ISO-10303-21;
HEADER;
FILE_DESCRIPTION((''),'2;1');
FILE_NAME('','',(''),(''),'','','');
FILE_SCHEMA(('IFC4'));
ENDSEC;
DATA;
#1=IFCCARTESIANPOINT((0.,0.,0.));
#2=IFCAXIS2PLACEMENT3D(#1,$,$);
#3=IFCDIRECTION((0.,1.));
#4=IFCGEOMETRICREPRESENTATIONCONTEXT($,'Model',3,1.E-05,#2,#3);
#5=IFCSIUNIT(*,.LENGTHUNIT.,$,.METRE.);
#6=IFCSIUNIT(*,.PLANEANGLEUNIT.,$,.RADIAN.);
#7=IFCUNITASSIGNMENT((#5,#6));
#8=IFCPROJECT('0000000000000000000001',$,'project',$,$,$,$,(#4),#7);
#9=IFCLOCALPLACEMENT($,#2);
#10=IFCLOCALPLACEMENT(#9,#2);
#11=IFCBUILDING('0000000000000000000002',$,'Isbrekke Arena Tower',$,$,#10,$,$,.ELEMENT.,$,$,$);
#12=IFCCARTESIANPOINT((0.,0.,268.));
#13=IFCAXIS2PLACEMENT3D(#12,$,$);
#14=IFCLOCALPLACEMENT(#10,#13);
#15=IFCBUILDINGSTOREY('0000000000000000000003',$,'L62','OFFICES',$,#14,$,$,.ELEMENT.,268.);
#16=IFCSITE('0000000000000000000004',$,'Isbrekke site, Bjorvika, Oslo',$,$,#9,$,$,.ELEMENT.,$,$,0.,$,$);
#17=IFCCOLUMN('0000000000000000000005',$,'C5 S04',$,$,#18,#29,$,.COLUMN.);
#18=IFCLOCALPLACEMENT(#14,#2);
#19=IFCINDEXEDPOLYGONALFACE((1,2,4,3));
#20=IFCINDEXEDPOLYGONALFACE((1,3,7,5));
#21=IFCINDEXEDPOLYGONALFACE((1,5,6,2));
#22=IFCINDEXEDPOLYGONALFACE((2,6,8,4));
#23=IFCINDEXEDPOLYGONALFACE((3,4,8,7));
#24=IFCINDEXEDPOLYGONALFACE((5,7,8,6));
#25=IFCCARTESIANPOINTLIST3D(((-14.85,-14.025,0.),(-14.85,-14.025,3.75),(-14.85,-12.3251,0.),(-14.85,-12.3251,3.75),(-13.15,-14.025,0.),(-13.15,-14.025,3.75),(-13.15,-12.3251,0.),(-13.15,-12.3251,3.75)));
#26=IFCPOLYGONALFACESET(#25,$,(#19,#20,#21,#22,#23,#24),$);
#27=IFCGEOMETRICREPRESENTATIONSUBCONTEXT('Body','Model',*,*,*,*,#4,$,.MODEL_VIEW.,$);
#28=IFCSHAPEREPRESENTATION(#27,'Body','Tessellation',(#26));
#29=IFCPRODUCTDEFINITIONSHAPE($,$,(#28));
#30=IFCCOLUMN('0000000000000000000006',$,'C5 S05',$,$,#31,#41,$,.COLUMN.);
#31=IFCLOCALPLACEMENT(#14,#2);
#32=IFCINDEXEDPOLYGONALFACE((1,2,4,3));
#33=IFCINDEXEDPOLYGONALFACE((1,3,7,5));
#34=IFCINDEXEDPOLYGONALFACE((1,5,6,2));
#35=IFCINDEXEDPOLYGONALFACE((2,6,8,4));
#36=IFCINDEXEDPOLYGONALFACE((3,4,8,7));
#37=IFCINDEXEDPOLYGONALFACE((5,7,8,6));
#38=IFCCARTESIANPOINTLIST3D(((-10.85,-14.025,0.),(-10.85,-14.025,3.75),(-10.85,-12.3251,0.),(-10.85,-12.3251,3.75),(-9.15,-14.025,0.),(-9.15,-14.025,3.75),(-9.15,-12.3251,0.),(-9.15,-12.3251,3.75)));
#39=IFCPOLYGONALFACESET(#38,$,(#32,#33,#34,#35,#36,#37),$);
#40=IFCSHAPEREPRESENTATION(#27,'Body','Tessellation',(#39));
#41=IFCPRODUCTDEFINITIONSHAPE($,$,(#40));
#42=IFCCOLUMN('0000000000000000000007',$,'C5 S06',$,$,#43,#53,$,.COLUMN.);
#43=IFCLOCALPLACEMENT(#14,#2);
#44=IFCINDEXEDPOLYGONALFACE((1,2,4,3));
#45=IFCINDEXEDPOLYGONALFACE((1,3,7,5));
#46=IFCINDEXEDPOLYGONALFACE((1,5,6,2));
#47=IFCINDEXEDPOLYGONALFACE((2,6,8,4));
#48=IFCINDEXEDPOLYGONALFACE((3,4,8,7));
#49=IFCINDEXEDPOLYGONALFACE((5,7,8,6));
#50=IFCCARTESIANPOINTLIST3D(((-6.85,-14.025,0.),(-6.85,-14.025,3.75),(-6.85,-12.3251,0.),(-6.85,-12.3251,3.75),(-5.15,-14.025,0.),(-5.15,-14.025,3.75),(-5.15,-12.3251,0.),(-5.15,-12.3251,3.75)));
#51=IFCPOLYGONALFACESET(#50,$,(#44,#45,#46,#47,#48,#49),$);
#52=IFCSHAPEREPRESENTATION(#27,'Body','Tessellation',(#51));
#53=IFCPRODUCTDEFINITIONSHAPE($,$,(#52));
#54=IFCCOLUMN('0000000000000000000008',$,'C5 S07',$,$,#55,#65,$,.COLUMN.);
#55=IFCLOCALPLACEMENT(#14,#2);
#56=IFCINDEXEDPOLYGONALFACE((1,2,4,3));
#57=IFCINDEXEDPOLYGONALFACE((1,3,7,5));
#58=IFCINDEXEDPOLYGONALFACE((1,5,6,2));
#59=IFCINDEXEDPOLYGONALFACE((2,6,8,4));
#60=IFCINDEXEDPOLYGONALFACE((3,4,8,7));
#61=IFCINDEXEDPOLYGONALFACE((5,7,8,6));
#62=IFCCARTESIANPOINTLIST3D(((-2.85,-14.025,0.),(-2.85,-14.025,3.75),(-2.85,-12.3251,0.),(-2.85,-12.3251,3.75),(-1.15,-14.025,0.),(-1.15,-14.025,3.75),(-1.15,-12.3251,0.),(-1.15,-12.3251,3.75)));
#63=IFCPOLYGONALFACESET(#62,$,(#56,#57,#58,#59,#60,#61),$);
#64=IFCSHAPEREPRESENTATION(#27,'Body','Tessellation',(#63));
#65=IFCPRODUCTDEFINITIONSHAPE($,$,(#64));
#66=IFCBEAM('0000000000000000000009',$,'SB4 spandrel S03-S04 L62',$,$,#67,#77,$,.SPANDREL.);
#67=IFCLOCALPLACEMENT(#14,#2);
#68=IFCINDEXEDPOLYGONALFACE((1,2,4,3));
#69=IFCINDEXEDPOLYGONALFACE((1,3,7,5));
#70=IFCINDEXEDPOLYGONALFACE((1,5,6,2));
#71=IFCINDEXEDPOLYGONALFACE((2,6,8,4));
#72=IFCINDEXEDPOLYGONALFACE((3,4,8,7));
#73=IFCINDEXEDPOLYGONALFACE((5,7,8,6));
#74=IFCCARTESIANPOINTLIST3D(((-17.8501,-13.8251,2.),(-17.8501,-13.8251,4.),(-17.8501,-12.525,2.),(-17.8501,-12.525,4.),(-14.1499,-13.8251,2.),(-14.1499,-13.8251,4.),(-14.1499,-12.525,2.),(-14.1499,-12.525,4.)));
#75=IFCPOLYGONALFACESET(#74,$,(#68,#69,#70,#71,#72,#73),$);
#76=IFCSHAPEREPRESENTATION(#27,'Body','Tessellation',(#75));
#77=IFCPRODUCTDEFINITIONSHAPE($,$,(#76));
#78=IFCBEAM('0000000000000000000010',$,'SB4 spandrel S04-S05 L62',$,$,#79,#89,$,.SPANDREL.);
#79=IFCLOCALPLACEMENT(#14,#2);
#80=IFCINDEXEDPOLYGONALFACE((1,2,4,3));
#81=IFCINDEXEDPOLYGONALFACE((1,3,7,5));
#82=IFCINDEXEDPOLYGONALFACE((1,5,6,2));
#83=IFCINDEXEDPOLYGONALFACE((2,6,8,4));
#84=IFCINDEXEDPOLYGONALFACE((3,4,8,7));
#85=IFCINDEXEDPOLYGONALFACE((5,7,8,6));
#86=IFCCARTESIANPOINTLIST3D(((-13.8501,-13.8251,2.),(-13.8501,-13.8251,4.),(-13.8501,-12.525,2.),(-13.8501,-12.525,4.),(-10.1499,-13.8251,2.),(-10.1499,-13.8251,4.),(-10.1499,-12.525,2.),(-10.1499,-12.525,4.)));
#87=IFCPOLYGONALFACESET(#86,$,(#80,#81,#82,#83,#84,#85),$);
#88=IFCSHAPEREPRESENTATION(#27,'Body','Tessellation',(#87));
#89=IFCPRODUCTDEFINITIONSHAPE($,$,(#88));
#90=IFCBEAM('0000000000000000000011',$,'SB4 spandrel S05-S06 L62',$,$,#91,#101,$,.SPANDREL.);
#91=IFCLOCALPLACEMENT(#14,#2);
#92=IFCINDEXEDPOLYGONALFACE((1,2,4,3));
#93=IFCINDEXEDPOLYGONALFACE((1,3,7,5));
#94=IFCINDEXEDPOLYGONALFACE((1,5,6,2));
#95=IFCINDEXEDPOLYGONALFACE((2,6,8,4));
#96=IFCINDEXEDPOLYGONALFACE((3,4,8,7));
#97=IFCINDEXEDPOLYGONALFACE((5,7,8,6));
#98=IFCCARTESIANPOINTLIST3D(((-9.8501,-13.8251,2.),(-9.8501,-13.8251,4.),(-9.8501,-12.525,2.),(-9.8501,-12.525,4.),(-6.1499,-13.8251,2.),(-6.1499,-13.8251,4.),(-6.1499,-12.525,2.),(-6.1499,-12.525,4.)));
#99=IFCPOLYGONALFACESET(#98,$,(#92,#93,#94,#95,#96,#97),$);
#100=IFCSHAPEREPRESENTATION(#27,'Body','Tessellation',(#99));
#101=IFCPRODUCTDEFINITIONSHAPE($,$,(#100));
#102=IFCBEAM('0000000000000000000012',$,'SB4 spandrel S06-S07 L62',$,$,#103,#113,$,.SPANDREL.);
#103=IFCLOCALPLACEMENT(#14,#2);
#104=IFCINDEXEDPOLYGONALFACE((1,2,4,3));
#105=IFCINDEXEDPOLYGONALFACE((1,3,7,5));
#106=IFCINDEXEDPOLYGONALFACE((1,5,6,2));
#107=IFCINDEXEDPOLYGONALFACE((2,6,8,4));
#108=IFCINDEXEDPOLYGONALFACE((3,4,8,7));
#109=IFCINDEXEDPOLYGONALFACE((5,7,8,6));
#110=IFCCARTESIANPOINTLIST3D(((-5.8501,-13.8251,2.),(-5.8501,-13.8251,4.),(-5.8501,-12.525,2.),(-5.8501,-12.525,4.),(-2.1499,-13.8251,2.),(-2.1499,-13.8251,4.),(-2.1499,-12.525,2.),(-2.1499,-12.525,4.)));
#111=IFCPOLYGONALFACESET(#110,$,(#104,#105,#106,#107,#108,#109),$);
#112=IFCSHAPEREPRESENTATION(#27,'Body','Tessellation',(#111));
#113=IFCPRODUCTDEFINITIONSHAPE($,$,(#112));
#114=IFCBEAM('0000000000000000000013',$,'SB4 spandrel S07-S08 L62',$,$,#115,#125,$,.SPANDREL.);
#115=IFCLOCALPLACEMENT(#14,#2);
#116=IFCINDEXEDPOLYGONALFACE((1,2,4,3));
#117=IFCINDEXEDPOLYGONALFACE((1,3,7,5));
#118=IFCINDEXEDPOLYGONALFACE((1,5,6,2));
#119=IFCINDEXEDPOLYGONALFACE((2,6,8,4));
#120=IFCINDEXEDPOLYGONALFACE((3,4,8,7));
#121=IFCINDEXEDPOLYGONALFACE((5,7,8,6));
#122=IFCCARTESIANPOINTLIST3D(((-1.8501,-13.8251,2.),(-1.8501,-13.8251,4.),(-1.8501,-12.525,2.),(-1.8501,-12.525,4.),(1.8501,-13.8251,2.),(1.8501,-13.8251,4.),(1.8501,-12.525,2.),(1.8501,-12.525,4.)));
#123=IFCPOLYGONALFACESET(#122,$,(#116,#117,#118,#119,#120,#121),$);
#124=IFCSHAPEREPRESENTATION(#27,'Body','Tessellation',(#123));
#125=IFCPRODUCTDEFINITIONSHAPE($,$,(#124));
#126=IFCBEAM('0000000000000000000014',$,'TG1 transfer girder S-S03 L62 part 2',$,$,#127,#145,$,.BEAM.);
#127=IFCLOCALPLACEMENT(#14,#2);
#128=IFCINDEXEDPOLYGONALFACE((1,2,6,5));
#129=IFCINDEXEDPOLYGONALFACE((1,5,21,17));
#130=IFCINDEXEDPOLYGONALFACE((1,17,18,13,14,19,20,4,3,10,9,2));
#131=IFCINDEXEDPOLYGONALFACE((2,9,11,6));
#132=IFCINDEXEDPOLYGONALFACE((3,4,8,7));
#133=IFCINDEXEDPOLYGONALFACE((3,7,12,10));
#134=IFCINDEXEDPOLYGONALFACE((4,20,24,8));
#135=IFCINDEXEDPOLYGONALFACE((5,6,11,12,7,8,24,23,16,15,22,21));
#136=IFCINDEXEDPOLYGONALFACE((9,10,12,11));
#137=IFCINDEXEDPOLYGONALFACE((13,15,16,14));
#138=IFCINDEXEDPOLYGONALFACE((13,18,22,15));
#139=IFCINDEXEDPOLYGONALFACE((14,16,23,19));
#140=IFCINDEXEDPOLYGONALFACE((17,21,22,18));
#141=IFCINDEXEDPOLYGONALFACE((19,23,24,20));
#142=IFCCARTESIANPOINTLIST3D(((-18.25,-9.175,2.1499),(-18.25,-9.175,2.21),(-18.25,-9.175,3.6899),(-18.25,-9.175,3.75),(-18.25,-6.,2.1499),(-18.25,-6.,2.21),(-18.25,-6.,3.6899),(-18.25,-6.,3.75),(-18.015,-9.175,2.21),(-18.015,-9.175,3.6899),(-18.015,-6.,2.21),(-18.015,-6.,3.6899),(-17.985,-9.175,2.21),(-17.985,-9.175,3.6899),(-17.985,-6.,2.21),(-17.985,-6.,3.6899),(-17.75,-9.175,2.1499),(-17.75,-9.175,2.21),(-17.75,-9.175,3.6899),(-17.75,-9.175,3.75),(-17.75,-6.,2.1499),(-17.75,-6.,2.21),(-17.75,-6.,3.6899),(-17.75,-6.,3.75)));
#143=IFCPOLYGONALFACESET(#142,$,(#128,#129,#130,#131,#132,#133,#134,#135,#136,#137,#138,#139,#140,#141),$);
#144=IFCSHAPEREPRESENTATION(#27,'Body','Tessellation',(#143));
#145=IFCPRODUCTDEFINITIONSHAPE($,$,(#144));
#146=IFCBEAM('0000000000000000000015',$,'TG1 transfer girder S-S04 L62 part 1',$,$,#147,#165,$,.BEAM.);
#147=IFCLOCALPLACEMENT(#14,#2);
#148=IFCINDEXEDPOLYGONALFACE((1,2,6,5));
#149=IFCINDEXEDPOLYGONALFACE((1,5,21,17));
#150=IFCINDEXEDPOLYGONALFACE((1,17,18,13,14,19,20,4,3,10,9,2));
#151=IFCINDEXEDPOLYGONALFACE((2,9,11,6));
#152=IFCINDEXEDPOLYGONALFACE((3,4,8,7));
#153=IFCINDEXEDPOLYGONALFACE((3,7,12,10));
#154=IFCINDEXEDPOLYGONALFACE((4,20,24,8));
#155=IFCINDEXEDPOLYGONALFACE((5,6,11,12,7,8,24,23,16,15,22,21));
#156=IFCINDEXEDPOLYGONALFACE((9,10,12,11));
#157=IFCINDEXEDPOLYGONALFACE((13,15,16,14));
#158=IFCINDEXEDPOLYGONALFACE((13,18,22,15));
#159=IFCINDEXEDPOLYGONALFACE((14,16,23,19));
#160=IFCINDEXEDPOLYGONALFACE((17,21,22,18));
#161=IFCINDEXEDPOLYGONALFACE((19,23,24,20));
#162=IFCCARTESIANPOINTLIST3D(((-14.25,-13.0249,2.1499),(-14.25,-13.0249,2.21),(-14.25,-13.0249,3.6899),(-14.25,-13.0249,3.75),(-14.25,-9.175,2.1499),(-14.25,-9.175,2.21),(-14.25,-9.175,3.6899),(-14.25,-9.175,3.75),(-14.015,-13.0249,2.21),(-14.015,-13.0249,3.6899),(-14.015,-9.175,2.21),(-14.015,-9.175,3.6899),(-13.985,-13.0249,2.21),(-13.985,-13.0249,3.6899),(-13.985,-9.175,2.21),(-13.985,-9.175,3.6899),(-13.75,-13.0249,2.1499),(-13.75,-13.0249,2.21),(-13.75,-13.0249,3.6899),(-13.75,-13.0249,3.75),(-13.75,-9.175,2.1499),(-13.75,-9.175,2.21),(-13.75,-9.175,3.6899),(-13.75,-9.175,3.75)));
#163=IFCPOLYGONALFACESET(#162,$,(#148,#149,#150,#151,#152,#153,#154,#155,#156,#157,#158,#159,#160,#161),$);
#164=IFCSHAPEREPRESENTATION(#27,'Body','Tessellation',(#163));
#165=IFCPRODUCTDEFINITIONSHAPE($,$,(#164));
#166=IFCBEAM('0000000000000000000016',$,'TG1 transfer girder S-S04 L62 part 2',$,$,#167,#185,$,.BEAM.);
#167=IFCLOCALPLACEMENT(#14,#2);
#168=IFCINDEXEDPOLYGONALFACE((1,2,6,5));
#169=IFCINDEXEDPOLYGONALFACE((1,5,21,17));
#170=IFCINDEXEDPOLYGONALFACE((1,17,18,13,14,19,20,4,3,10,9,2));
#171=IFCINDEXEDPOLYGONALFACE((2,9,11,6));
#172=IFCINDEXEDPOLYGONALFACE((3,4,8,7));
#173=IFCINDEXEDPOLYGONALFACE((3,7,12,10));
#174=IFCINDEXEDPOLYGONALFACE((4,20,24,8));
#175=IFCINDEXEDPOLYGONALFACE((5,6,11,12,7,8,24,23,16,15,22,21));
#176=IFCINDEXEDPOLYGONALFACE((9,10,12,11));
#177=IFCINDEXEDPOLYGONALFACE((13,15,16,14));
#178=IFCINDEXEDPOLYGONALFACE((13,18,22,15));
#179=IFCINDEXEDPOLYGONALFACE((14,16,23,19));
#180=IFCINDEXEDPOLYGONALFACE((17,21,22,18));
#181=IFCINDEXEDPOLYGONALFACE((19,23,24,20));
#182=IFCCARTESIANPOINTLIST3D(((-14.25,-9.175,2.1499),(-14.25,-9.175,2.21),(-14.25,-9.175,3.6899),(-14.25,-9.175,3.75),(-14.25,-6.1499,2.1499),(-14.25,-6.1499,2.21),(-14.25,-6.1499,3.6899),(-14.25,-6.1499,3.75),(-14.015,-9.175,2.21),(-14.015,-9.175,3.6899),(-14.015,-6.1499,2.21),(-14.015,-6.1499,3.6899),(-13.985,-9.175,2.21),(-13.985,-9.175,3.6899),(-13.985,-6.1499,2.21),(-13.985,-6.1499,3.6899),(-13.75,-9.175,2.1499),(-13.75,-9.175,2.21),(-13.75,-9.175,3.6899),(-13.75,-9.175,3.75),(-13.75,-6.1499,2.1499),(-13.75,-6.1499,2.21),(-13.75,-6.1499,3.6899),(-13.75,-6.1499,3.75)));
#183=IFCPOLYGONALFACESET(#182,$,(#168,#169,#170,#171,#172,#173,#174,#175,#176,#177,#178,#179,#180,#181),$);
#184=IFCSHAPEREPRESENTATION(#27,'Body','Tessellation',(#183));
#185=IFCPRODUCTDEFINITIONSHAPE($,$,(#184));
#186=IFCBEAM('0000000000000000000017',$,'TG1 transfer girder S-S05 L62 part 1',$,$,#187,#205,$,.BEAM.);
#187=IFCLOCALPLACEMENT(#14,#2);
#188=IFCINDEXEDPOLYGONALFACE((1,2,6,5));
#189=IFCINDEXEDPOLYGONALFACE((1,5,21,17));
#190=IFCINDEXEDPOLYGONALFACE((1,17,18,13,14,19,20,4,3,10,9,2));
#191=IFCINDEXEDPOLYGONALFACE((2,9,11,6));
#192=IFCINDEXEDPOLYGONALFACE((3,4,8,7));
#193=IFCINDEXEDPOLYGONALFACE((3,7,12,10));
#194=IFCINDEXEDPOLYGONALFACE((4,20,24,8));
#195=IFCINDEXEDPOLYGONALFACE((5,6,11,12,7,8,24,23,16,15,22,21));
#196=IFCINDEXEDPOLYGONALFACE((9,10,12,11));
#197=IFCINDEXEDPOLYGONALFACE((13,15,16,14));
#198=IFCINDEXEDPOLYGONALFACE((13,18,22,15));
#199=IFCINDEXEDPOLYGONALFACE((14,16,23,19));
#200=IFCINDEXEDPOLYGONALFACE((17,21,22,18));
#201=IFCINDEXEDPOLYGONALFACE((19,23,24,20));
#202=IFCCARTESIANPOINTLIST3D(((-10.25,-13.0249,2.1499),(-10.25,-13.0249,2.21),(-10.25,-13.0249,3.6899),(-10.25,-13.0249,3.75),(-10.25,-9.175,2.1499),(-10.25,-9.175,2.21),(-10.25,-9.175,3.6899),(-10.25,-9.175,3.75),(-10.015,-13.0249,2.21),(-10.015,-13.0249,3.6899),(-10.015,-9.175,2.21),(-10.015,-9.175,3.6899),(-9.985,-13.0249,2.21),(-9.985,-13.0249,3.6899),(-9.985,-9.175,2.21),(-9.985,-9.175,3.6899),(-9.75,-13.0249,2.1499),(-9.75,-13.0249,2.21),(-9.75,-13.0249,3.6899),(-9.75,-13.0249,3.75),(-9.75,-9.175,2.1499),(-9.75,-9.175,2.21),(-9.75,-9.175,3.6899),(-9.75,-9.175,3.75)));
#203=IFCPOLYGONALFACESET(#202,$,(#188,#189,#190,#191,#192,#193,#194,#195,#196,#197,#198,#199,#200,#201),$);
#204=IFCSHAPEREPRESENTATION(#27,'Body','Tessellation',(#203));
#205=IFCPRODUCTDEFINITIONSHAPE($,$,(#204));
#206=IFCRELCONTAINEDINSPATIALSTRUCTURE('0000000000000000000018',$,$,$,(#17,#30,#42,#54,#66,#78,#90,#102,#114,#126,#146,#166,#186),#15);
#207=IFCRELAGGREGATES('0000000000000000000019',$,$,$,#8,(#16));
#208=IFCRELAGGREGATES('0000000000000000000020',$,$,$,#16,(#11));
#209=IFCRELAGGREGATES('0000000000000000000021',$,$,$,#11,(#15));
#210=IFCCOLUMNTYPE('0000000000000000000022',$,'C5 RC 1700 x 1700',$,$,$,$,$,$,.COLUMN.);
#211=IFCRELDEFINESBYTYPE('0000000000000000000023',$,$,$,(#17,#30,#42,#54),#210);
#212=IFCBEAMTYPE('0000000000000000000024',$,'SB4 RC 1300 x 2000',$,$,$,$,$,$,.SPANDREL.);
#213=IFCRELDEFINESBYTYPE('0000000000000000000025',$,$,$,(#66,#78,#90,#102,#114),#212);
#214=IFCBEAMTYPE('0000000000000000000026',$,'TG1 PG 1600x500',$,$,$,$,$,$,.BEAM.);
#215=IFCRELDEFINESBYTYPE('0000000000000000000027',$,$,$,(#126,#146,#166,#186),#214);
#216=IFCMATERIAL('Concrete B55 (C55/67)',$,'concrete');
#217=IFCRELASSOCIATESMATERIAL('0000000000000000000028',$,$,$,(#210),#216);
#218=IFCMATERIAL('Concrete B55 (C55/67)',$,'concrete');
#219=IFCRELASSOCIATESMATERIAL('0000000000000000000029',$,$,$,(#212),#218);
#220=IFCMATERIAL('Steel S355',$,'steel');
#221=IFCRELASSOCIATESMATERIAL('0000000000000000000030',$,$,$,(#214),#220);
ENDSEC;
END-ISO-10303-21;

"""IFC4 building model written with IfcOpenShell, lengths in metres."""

from ifc_helpers import new_model, si_unit, direction, frame, origin, origin_2d, place, context, subcontext, project, spatial, rectangle, i_section, extrude, material, material_profile, profile_set, type_object, element, save


model = new_model("IFC4")

# Units and contexts
model_context = context("Model", 3, precision=1e-05, world=origin(), true_north=direction((0.0, 1.0)))
body_context = subcontext(model_context, "Body", "Model", "MODEL_VIEW")
ifc_project = project(units=[si_unit("LENGTHUNIT", "METRE"), si_unit("PLANEANGLEUNIT", "RADIAN")], contexts=[model_context])

# Site, building, storey
site_placement = place(None, origin())
site = spatial("IfcSite", under=ifc_project, at=site_placement, Name="Isbrekke site, Bjorvika, Oslo", CompositionType="ELEMENT", RefElevation=0.0)
building_placement = place(site_placement, origin())
building = spatial("IfcBuilding", under=site, at=building_placement, Name="Isbrekke Arena Tower", CompositionType="ELEMENT")
storey_placement = place(building_placement, frame((0.0, 0.0, 268.0)))
storey = spatial("IfcBuildingStorey", under=building, at=storey_placement, Name="L62", Description="OFFICES", CompositionType="ELEMENT", Elevation=268.0)

# Columns
ifc_material_1 = material(Name="Concrete B55 (C55/67)", Category="concrete")
ifc_material_profile_1 = material_profile(ifc_material_1, rectangle(XDim=1.7, YDim=1.7, at=origin_2d()), Name="RC 1700x1700")
ifc_profile_set_1 = profile_set([ifc_material_profile_1], Name="Concrete B55 (C55/67)")
column_type = type_object("IfcColumnType", Name="C5 RC 1700 x 1700", PredefinedType="COLUMN", material=ifc_profile_set_1)
for number, where, z_axis, x_axis, name in (
    (1, (-14.0, -13.175, 0.0), (0.0, 0.0, 1.0), (1.0, 0.0, 0.0), "C5 S04"),
    (2, (-10.0, -13.175, 0.0), (0.0, 0.0, 1.0), (1.0, 0.0, 0.0), "C5 S05"),
    (3, (-6.0, -13.175, 0.0), (0.0, 0.0, 1.0), (1.0, 0.0, 0.0), "C5 S06"),
    (4, (-2.0, -13.175, 0.0), (0.0, 0.0, 1.0), (1.0, 0.0, 0.0), "C5 S07"),
):
    element("IfcColumn", number, at=place(storey_placement, frame(where, z_axis=z_axis, x_axis=x_axis)), inside=storey, type_object=column_type, Name=name, PredefinedType="COLUMN", context=body_context, shape_type="SweptSolid", body=[
        extrude(rectangle(XDim=1.7, YDim=1.7, at=origin_2d()), origin(), (0.0, 0.0, 1.0), 3.75),
    ])

# Beams
ifc_material_2 = material(Name="Concrete B55 (C55/67)", Category="concrete")
ifc_material_profile_2 = material_profile(ifc_material_2, rectangle(XDim=1.3, YDim=2.0, at=origin_2d()), Name="RC 1300x2000")
ifc_profile_set_2 = profile_set([ifc_material_profile_2], Name="Concrete B55 (C55/67)")
beam_type_1 = type_object("IfcBeamType", Name="SB4 RC 1300 x 2000", PredefinedType="SPANDREL", material=ifc_profile_set_2)
for number, where, z_axis, x_axis, name in (
    (5, (-17.8501, -13.175, 3.0), (1.0, 0.0, 0.0), (0.0, 1.0, 0.0), "SB4 spandrel S03-S04 L62"),
    (6, (-13.8501, -13.175, 3.0), (1.0, 0.0, 0.0), (0.0, 1.0, 0.0), "SB4 spandrel S04-S05 L62"),
    (7, (-9.8501, -13.175, 3.0), (1.0, 0.0, 0.0), (0.0, 1.0, 0.0), "SB4 spandrel S05-S06 L62"),
    (8, (-5.8501, -13.175, 3.0), (1.0, 0.0, 0.0), (0.0, 1.0, 0.0), "SB4 spandrel S06-S07 L62"),
    (9, (-1.8501, -13.175, 3.0), (1.0, 0.0, 0.0), (0.0, 1.0, 0.0), "SB4 spandrel S07-S08 L62"),
):
    element("IfcBeam", number, at=place(storey_placement, frame(where, z_axis=z_axis, x_axis=x_axis)), inside=storey, type_object=beam_type_1, Name=name, PredefinedType="SPANDREL", context=body_context, shape_type="SweptSolid", body=[
        extrude(rectangle(XDim=1.3, YDim=2.0, at=origin_2d()), origin(), (0.0, 0.0, 1.0), 3.7002),
    ])
ifc_material_3 = material(Name="Steel S355", Category="steel")
ifc_material_profile_3 = material_profile(ifc_material_3, i_section(OverallWidth=0.5, OverallDepth=1.6001, WebThickness=0.03, FlangeThickness=0.0601, at=origin_2d()), Name="PG 1600x500")
ifc_profile_set_3 = profile_set([ifc_material_profile_3], Name="Steel S355")
beam_type_2 = type_object("IfcBeamType", Name="TG1 PG 1600x500", PredefinedType="BEAM", material=ifc_profile_set_3)
beam_1_placement = place(storey_placement, frame((-18.0, -9.175, 2.95), z_axis=(0.0, 1.0, 0.0), x_axis=(-1.0, 0.0, 0.0)))
element("IfcBeam", 10, at=beam_1_placement, inside=storey, type_object=beam_type_2, Name="TG1 transfer girder S-S03 L62 part 2", PredefinedType="BEAM", context=body_context, shape_type="SweptSolid", body=[
    extrude(i_section(OverallWidth=0.5, OverallDepth=1.6001, WebThickness=0.03, FlangeThickness=0.0601, at=origin_2d()), origin(), (0.0, 0.0, 1.0), 3.175),
])
beam_2_placement = place(storey_placement, frame((-14.0, -13.0249, 2.95), z_axis=(0.0, 1.0, 0.0), x_axis=(-1.0, 0.0, 0.0)))
element("IfcBeam", 11, at=beam_2_placement, inside=storey, type_object=beam_type_2, Name="TG1 transfer girder S-S04 L62 part 1", PredefinedType="BEAM", context=body_context, shape_type="SweptSolid", body=[
    extrude(i_section(OverallWidth=0.5, OverallDepth=1.6001, WebThickness=0.03, FlangeThickness=0.0601, at=origin_2d()), origin(), (0.0, 0.0, 1.0), 3.8499),
])
beam_3_placement = place(storey_placement, frame((-14.0, -9.175, 2.95), z_axis=(0.0, 1.0, 0.0), x_axis=(-1.0, 0.0, 0.0)))
element("IfcBeam", 12, at=beam_3_placement, inside=storey, type_object=beam_type_2, Name="TG1 transfer girder S-S04 L62 part 2", PredefinedType="BEAM", context=body_context, shape_type="SweptSolid", body=[
    extrude(i_section(OverallWidth=0.5, OverallDepth=1.6001, WebThickness=0.03, FlangeThickness=0.0601, at=origin_2d()), origin(), (0.0, 0.0, 1.0), 3.0251),
])
beam_4_placement = place(storey_placement, frame((-10.0, -13.0249, 2.95), z_axis=(0.0, 1.0, 0.0), x_axis=(-1.0, 0.0, 0.0)))
element("IfcBeam", 13, at=beam_4_placement, inside=storey, type_object=beam_type_2, Name="TG1 transfer girder S-S05 L62 part 1", PredefinedType="BEAM", context=body_context, shape_type="SweptSolid", body=[
    extrude(i_section(OverallWidth=0.5, OverallDepth=1.6001, WebThickness=0.03, FlangeThickness=0.0601, at=origin_2d()), origin(), (0.0, 0.0, 1.0), 3.8499),
])

save(model, "model.ifc")
